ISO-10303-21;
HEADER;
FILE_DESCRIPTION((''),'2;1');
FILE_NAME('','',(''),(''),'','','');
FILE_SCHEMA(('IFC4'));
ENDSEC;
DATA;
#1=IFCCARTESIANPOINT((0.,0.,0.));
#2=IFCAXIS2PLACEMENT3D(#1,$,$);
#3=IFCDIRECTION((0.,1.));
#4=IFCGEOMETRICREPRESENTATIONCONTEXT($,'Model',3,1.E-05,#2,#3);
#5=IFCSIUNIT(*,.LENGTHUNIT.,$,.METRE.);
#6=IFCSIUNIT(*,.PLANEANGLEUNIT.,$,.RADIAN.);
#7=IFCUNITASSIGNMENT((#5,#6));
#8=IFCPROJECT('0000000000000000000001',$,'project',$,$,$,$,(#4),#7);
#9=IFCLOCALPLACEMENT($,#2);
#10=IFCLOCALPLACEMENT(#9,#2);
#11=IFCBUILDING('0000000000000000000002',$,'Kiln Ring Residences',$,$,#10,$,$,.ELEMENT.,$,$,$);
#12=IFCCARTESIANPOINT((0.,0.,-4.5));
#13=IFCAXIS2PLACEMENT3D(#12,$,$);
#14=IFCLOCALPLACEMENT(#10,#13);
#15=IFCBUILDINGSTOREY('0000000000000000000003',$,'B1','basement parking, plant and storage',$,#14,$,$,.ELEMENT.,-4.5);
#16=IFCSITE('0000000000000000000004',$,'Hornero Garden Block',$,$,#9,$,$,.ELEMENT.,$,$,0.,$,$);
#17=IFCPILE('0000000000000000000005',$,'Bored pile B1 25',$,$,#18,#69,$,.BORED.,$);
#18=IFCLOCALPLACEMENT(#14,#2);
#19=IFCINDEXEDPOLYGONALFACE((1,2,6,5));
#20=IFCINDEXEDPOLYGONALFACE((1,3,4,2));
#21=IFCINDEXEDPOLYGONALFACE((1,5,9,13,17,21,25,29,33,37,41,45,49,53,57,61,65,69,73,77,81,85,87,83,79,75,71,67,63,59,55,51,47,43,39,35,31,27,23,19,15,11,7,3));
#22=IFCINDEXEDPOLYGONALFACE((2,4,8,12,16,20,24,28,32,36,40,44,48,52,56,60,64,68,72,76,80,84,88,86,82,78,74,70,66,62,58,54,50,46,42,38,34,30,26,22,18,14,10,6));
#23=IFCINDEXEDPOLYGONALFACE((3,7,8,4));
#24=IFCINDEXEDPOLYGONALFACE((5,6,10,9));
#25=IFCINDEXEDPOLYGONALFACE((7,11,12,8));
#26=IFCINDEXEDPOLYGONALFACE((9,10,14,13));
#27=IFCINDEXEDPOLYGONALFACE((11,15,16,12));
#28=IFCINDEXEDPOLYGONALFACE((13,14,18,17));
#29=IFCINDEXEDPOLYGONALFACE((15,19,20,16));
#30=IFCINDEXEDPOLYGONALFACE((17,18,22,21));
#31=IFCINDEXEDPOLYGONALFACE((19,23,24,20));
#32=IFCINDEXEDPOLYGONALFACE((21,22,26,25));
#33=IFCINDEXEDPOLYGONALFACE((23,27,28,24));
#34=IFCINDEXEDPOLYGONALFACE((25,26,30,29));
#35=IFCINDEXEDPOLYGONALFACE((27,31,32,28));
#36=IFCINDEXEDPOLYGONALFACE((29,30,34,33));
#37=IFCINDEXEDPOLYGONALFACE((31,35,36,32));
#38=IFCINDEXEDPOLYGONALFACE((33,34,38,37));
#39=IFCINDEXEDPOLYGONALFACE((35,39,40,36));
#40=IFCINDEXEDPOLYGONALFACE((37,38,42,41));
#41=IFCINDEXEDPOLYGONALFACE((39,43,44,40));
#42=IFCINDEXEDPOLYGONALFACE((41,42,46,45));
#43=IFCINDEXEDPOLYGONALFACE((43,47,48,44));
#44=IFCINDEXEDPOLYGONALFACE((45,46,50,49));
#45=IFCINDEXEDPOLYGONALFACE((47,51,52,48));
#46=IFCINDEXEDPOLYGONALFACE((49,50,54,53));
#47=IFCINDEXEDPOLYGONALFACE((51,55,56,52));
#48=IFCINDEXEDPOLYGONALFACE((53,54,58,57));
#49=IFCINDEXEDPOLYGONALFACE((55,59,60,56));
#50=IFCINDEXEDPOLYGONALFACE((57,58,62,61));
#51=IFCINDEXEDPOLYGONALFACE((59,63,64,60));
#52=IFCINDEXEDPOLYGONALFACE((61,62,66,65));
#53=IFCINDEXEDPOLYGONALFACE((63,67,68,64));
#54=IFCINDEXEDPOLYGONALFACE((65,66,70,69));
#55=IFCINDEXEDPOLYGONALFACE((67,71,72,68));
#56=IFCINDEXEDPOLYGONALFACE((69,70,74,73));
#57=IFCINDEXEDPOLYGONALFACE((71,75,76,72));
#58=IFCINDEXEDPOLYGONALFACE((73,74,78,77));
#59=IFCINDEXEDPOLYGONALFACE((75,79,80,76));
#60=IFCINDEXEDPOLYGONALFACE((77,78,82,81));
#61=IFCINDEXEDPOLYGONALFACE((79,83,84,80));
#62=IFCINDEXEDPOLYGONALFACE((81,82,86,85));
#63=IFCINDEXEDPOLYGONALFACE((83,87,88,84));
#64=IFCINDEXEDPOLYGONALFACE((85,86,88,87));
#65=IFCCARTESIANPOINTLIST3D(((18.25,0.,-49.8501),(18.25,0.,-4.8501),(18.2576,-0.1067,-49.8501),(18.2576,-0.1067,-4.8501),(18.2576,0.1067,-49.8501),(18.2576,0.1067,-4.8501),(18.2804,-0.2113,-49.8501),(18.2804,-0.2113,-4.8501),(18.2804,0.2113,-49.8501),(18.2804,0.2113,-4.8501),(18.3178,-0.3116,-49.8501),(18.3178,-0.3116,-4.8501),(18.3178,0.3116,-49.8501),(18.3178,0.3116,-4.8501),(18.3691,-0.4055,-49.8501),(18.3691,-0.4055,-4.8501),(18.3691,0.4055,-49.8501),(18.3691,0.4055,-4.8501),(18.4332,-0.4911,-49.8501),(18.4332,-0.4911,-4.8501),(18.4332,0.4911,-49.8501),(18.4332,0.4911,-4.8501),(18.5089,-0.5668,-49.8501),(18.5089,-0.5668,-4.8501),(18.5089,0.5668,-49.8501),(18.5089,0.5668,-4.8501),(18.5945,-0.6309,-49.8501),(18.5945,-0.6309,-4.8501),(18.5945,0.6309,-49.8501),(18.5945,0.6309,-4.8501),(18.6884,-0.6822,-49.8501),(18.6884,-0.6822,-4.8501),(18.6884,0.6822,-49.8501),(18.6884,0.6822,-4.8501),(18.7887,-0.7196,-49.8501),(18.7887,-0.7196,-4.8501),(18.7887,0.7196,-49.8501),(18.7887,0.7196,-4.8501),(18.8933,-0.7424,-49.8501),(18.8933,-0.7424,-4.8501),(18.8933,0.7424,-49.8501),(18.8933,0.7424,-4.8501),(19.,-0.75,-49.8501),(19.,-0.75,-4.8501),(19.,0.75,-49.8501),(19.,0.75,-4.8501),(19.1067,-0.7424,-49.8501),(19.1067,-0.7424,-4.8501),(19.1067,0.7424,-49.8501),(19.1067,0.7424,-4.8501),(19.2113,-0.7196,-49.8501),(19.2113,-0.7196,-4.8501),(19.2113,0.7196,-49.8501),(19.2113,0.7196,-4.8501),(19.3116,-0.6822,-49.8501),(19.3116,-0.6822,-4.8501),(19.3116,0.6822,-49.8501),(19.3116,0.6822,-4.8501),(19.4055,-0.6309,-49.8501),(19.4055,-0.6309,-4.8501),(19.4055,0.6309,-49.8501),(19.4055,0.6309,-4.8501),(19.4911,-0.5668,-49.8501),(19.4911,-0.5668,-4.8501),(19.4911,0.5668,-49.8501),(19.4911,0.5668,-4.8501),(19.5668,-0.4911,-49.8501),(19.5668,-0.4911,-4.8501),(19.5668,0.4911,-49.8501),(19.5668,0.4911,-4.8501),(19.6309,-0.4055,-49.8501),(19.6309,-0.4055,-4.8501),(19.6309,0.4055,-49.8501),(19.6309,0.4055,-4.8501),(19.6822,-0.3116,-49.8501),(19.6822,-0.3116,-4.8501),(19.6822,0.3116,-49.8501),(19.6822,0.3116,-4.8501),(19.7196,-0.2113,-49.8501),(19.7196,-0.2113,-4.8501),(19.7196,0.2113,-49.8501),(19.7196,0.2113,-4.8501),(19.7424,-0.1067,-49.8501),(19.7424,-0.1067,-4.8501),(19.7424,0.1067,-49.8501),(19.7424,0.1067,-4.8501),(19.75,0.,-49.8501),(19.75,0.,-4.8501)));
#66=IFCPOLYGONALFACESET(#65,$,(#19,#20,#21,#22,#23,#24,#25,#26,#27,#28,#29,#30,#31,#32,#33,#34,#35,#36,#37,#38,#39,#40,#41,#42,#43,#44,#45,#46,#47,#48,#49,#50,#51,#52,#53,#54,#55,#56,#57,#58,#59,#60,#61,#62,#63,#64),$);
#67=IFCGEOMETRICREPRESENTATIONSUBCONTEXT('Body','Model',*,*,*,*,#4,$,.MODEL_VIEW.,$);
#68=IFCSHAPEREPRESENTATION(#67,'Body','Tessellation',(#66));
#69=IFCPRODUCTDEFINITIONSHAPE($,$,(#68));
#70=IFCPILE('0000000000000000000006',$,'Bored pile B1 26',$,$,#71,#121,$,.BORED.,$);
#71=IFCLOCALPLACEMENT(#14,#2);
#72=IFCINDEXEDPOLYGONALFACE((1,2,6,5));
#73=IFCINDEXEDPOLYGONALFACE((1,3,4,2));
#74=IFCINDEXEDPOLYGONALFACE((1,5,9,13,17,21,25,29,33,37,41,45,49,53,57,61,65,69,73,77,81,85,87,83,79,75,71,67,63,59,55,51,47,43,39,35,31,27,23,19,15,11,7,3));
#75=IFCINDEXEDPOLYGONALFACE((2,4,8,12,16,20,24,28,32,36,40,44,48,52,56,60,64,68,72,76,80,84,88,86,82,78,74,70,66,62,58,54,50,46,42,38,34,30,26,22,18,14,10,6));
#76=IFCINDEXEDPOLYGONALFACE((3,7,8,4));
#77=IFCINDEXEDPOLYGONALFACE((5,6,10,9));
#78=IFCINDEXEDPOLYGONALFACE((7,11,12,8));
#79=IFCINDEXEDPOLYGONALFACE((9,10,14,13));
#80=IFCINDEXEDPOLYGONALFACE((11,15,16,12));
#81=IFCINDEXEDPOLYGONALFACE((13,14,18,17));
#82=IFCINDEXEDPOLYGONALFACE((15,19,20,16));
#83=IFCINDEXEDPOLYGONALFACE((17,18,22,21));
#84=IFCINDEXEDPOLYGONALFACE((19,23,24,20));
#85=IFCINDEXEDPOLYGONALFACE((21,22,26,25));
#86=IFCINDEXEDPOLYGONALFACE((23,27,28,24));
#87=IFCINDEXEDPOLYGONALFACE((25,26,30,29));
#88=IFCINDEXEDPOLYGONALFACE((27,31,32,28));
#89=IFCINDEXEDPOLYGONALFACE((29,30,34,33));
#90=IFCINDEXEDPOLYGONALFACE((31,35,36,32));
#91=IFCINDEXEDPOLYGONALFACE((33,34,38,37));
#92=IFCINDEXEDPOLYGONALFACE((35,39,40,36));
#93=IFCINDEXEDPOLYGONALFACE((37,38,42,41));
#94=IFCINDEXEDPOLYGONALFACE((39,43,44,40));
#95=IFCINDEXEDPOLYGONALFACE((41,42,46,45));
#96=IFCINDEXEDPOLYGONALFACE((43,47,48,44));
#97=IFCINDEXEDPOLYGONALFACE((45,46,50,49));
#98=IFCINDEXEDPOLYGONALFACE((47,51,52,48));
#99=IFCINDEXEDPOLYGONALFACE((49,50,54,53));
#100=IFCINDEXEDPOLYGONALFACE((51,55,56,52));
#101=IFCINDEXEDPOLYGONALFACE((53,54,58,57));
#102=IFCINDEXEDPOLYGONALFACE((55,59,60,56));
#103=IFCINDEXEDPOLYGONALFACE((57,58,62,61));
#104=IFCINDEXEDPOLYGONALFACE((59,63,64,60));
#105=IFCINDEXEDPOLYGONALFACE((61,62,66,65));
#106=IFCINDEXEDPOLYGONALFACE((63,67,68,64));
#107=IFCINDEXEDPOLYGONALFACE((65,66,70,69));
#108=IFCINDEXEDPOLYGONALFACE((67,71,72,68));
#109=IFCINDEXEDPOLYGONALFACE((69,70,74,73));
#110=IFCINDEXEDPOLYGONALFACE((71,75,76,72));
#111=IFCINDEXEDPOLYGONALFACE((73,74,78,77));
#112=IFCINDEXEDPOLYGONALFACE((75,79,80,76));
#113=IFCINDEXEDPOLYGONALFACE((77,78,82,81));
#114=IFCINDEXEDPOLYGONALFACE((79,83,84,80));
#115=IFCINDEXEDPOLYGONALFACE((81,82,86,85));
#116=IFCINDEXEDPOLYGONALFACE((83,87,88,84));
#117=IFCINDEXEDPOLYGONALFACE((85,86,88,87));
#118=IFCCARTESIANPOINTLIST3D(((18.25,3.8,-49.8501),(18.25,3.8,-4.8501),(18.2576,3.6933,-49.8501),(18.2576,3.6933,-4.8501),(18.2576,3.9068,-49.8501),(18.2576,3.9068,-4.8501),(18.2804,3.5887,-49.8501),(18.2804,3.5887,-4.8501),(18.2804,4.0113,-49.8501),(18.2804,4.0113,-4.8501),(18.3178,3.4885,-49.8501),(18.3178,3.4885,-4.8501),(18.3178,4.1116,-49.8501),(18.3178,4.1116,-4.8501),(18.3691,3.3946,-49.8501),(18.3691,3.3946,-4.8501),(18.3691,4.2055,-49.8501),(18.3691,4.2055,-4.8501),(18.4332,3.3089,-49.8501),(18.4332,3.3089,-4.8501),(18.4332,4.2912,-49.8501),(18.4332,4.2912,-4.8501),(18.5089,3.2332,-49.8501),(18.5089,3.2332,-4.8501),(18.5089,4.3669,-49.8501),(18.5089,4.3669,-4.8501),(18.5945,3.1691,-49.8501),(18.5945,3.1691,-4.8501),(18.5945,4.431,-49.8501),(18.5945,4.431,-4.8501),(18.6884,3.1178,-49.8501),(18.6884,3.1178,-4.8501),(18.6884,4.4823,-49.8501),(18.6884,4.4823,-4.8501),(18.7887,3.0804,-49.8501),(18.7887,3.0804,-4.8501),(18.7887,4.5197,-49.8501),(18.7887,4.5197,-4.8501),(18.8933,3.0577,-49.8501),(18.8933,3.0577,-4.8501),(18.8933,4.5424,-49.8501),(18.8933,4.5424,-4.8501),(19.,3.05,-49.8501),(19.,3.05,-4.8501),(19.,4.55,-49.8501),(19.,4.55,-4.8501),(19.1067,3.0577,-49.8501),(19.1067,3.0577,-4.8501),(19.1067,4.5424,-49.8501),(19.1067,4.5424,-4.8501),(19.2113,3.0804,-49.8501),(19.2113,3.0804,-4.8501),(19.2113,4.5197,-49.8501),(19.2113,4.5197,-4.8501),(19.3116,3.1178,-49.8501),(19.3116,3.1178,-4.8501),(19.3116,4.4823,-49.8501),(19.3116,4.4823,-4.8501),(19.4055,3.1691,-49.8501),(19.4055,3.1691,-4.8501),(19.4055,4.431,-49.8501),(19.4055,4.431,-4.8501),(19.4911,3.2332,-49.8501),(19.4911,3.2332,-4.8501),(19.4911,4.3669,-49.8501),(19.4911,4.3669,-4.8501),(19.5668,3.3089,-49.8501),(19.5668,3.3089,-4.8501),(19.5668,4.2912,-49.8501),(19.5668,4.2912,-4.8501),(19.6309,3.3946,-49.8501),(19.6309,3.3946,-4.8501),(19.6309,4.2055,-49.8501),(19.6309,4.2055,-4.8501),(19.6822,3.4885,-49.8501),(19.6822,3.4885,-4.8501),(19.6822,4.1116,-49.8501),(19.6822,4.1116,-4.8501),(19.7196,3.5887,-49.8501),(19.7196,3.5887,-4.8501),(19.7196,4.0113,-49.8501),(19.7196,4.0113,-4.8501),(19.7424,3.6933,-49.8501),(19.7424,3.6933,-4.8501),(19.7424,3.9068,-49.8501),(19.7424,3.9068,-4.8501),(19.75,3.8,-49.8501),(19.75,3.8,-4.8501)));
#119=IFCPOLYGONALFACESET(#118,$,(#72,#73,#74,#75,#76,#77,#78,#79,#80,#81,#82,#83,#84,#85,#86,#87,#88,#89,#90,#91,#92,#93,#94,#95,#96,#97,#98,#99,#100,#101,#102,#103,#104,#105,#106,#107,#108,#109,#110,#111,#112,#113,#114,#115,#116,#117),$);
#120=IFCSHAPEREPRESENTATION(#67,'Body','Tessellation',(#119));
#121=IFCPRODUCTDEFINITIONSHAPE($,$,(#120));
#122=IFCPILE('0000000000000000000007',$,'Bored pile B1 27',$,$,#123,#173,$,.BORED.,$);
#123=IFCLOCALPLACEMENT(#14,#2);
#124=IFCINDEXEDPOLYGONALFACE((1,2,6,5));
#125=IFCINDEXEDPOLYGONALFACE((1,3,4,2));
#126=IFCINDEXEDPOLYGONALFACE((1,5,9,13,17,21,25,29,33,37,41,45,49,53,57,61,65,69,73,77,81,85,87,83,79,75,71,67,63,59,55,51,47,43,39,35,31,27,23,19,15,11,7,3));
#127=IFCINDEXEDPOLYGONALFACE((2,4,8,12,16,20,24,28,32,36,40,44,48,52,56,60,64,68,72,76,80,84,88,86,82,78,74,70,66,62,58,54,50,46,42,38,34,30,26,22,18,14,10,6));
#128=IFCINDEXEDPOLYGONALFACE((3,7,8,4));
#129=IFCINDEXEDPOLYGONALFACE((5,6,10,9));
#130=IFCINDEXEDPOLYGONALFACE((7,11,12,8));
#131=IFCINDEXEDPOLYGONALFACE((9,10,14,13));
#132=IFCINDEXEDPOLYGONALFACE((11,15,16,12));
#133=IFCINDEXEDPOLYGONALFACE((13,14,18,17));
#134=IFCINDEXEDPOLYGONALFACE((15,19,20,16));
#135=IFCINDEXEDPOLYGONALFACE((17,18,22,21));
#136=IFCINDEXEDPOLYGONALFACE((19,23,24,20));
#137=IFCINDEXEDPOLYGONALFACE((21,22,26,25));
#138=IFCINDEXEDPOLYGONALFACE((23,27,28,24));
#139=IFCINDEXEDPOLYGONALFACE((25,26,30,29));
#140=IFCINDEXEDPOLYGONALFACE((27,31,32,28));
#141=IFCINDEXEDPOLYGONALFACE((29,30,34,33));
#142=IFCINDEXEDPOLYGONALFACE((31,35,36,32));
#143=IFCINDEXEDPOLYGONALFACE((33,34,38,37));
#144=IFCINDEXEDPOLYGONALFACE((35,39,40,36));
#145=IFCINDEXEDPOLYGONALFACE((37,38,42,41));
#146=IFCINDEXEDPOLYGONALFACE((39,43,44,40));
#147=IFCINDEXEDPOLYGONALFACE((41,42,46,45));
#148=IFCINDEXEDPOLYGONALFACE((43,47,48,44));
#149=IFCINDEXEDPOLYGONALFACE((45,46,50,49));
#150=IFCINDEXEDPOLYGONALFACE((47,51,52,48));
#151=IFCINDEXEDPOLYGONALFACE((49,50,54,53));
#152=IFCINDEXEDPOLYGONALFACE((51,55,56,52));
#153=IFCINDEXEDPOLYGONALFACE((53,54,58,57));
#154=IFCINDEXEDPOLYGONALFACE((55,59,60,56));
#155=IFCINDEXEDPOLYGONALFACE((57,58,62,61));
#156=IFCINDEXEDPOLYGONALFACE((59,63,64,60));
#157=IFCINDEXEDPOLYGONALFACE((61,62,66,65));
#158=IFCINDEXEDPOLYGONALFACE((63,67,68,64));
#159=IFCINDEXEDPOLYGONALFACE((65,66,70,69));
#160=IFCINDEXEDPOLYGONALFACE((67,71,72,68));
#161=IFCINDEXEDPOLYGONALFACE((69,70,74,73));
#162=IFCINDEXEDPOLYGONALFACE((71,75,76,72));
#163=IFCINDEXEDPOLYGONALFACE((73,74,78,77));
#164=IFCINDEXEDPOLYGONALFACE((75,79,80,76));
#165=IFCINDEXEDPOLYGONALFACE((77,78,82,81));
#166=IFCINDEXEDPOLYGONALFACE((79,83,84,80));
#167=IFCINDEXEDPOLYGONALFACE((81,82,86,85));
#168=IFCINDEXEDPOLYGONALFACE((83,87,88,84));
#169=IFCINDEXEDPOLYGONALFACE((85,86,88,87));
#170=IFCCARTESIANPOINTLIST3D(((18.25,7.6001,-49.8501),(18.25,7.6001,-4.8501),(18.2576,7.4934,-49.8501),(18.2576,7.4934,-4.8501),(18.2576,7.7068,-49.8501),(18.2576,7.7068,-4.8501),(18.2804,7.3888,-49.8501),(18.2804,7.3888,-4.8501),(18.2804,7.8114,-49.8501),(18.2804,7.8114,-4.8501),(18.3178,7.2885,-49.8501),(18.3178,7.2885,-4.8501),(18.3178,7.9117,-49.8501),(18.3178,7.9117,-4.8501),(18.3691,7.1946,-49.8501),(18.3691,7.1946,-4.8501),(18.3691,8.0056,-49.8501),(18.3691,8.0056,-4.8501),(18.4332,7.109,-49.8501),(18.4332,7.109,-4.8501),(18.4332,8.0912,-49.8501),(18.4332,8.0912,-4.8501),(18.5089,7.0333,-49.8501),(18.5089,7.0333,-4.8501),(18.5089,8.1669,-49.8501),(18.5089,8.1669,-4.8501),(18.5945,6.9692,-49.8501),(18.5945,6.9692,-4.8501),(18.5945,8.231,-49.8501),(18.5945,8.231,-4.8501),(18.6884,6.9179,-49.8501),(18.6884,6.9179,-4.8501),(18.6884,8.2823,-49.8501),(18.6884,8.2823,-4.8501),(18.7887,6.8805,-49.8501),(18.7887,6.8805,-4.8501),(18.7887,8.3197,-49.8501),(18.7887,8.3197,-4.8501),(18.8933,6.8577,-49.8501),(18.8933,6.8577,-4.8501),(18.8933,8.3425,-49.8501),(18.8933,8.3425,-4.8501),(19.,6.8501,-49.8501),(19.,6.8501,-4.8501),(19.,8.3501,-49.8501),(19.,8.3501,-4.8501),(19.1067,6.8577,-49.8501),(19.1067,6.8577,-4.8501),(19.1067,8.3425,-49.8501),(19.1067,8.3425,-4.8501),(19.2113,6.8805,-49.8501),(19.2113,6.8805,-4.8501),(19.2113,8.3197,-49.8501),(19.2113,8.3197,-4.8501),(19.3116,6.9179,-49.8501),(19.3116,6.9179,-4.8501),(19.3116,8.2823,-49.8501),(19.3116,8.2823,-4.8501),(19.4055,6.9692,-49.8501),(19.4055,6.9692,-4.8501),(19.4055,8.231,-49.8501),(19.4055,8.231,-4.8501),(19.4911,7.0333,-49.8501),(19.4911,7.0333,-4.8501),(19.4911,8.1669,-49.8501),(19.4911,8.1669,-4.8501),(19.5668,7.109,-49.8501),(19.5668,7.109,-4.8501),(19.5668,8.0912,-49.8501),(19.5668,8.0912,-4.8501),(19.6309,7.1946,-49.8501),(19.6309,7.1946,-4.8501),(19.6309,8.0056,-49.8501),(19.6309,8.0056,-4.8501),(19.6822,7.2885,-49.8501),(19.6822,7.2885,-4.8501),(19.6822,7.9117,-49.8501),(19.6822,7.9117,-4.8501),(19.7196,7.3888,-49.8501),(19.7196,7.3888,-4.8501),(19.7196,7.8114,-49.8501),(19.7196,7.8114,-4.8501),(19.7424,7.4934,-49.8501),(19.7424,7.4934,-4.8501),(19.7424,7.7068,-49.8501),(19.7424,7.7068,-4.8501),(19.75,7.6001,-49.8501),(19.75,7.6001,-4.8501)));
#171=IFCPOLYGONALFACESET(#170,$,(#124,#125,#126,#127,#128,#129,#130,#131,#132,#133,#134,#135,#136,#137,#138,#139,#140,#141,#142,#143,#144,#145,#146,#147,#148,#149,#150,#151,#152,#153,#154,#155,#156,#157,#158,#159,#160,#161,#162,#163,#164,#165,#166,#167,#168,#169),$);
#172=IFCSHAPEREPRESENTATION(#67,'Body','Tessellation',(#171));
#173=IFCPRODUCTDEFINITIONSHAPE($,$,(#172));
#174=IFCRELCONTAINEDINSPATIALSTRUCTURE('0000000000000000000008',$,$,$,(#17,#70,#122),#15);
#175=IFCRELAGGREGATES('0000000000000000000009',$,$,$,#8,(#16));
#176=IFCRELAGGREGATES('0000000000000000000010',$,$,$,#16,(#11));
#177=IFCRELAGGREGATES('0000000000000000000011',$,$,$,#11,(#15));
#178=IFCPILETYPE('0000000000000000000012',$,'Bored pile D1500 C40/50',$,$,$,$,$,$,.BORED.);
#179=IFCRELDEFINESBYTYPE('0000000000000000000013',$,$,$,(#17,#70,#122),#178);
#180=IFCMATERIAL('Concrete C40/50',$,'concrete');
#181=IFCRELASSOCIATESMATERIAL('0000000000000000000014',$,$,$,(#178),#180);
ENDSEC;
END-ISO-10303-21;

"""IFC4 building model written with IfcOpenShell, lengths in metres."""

from ifc_helpers import new_model, si_unit, direction, frame, origin, origin_2d, place, context, subcontext, project, spatial, circle, extrude, material, material_profile, profile_set, type_object, element, save


model = new_model("IFC4")

# Units and contexts
model_context = context("Model", 3, precision=1e-05, world=origin(), true_north=direction((0.0, 1.0)))
body_context = subcontext(model_context, "Body", "Model", "MODEL_VIEW")
ifc_project = project(units=[si_unit("LENGTHUNIT", "METRE"), si_unit("PLANEANGLEUNIT", "RADIAN")], contexts=[model_context])

# Site, building, storey
site_placement = place(None, origin())
site = spatial("IfcSite", under=ifc_project, at=site_placement, Name="Hornero Garden Block", CompositionType="ELEMENT", RefElevation=0.0)
building_placement = place(site_placement, origin())
building = spatial("IfcBuilding", under=site, at=building_placement, Name="Kiln Ring Residences", CompositionType="ELEMENT")
storey_placement = place(building_placement, frame((0.0, 0.0, -4.5)))
storey = spatial("IfcBuildingStorey", under=building, at=storey_placement, Name="B1", Description="basement parking, plant and storage", CompositionType="ELEMENT", Elevation=-4.5)

# Piles
ifc_material_1 = material(Name="Concrete C40/50", Category="concrete")
ifc_material_profile = material_profile(ifc_material_1, circle(Radius=0.75, at=origin_2d()), Name="BORED1500")
ifc_profile_set = profile_set([ifc_material_profile], Name="Concrete C40/50")
pile_type = type_object("IfcPileType", Name="Bored pile D1500 C40/50", PredefinedType="BORED", material=ifc_profile_set)
for number, where, z_axis, x_axis, name in (
    (1, (19.0, 0.0, -4.8501), (0.0, 0.0, -1.0), (1.0, 0.0, 0.0), "Bored pile B1 25"),
    (2, (19.0, 3.8, -4.8501), (0.0, 0.0, -1.0), (1.0, 0.0, 0.0), "Bored pile B1 26"),
    (3, (19.0, 7.6001, -4.8501), (0.0, 0.0, -1.0), (1.0, 0.0, 0.0), "Bored pile B1 27"),
):
    element("IfcPile", number, at=place(storey_placement, frame(where, z_axis=z_axis, x_axis=x_axis)), inside=storey, type_object=pile_type, Name=name, PredefinedType="BORED", context=body_context, shape_type="SweptSolid", body=[
        extrude(circle(Radius=0.75, at=origin_2d()), origin(), (0.0, 0.0, 1.0), 45.0),
    ])

save(model, "model.ifc")
